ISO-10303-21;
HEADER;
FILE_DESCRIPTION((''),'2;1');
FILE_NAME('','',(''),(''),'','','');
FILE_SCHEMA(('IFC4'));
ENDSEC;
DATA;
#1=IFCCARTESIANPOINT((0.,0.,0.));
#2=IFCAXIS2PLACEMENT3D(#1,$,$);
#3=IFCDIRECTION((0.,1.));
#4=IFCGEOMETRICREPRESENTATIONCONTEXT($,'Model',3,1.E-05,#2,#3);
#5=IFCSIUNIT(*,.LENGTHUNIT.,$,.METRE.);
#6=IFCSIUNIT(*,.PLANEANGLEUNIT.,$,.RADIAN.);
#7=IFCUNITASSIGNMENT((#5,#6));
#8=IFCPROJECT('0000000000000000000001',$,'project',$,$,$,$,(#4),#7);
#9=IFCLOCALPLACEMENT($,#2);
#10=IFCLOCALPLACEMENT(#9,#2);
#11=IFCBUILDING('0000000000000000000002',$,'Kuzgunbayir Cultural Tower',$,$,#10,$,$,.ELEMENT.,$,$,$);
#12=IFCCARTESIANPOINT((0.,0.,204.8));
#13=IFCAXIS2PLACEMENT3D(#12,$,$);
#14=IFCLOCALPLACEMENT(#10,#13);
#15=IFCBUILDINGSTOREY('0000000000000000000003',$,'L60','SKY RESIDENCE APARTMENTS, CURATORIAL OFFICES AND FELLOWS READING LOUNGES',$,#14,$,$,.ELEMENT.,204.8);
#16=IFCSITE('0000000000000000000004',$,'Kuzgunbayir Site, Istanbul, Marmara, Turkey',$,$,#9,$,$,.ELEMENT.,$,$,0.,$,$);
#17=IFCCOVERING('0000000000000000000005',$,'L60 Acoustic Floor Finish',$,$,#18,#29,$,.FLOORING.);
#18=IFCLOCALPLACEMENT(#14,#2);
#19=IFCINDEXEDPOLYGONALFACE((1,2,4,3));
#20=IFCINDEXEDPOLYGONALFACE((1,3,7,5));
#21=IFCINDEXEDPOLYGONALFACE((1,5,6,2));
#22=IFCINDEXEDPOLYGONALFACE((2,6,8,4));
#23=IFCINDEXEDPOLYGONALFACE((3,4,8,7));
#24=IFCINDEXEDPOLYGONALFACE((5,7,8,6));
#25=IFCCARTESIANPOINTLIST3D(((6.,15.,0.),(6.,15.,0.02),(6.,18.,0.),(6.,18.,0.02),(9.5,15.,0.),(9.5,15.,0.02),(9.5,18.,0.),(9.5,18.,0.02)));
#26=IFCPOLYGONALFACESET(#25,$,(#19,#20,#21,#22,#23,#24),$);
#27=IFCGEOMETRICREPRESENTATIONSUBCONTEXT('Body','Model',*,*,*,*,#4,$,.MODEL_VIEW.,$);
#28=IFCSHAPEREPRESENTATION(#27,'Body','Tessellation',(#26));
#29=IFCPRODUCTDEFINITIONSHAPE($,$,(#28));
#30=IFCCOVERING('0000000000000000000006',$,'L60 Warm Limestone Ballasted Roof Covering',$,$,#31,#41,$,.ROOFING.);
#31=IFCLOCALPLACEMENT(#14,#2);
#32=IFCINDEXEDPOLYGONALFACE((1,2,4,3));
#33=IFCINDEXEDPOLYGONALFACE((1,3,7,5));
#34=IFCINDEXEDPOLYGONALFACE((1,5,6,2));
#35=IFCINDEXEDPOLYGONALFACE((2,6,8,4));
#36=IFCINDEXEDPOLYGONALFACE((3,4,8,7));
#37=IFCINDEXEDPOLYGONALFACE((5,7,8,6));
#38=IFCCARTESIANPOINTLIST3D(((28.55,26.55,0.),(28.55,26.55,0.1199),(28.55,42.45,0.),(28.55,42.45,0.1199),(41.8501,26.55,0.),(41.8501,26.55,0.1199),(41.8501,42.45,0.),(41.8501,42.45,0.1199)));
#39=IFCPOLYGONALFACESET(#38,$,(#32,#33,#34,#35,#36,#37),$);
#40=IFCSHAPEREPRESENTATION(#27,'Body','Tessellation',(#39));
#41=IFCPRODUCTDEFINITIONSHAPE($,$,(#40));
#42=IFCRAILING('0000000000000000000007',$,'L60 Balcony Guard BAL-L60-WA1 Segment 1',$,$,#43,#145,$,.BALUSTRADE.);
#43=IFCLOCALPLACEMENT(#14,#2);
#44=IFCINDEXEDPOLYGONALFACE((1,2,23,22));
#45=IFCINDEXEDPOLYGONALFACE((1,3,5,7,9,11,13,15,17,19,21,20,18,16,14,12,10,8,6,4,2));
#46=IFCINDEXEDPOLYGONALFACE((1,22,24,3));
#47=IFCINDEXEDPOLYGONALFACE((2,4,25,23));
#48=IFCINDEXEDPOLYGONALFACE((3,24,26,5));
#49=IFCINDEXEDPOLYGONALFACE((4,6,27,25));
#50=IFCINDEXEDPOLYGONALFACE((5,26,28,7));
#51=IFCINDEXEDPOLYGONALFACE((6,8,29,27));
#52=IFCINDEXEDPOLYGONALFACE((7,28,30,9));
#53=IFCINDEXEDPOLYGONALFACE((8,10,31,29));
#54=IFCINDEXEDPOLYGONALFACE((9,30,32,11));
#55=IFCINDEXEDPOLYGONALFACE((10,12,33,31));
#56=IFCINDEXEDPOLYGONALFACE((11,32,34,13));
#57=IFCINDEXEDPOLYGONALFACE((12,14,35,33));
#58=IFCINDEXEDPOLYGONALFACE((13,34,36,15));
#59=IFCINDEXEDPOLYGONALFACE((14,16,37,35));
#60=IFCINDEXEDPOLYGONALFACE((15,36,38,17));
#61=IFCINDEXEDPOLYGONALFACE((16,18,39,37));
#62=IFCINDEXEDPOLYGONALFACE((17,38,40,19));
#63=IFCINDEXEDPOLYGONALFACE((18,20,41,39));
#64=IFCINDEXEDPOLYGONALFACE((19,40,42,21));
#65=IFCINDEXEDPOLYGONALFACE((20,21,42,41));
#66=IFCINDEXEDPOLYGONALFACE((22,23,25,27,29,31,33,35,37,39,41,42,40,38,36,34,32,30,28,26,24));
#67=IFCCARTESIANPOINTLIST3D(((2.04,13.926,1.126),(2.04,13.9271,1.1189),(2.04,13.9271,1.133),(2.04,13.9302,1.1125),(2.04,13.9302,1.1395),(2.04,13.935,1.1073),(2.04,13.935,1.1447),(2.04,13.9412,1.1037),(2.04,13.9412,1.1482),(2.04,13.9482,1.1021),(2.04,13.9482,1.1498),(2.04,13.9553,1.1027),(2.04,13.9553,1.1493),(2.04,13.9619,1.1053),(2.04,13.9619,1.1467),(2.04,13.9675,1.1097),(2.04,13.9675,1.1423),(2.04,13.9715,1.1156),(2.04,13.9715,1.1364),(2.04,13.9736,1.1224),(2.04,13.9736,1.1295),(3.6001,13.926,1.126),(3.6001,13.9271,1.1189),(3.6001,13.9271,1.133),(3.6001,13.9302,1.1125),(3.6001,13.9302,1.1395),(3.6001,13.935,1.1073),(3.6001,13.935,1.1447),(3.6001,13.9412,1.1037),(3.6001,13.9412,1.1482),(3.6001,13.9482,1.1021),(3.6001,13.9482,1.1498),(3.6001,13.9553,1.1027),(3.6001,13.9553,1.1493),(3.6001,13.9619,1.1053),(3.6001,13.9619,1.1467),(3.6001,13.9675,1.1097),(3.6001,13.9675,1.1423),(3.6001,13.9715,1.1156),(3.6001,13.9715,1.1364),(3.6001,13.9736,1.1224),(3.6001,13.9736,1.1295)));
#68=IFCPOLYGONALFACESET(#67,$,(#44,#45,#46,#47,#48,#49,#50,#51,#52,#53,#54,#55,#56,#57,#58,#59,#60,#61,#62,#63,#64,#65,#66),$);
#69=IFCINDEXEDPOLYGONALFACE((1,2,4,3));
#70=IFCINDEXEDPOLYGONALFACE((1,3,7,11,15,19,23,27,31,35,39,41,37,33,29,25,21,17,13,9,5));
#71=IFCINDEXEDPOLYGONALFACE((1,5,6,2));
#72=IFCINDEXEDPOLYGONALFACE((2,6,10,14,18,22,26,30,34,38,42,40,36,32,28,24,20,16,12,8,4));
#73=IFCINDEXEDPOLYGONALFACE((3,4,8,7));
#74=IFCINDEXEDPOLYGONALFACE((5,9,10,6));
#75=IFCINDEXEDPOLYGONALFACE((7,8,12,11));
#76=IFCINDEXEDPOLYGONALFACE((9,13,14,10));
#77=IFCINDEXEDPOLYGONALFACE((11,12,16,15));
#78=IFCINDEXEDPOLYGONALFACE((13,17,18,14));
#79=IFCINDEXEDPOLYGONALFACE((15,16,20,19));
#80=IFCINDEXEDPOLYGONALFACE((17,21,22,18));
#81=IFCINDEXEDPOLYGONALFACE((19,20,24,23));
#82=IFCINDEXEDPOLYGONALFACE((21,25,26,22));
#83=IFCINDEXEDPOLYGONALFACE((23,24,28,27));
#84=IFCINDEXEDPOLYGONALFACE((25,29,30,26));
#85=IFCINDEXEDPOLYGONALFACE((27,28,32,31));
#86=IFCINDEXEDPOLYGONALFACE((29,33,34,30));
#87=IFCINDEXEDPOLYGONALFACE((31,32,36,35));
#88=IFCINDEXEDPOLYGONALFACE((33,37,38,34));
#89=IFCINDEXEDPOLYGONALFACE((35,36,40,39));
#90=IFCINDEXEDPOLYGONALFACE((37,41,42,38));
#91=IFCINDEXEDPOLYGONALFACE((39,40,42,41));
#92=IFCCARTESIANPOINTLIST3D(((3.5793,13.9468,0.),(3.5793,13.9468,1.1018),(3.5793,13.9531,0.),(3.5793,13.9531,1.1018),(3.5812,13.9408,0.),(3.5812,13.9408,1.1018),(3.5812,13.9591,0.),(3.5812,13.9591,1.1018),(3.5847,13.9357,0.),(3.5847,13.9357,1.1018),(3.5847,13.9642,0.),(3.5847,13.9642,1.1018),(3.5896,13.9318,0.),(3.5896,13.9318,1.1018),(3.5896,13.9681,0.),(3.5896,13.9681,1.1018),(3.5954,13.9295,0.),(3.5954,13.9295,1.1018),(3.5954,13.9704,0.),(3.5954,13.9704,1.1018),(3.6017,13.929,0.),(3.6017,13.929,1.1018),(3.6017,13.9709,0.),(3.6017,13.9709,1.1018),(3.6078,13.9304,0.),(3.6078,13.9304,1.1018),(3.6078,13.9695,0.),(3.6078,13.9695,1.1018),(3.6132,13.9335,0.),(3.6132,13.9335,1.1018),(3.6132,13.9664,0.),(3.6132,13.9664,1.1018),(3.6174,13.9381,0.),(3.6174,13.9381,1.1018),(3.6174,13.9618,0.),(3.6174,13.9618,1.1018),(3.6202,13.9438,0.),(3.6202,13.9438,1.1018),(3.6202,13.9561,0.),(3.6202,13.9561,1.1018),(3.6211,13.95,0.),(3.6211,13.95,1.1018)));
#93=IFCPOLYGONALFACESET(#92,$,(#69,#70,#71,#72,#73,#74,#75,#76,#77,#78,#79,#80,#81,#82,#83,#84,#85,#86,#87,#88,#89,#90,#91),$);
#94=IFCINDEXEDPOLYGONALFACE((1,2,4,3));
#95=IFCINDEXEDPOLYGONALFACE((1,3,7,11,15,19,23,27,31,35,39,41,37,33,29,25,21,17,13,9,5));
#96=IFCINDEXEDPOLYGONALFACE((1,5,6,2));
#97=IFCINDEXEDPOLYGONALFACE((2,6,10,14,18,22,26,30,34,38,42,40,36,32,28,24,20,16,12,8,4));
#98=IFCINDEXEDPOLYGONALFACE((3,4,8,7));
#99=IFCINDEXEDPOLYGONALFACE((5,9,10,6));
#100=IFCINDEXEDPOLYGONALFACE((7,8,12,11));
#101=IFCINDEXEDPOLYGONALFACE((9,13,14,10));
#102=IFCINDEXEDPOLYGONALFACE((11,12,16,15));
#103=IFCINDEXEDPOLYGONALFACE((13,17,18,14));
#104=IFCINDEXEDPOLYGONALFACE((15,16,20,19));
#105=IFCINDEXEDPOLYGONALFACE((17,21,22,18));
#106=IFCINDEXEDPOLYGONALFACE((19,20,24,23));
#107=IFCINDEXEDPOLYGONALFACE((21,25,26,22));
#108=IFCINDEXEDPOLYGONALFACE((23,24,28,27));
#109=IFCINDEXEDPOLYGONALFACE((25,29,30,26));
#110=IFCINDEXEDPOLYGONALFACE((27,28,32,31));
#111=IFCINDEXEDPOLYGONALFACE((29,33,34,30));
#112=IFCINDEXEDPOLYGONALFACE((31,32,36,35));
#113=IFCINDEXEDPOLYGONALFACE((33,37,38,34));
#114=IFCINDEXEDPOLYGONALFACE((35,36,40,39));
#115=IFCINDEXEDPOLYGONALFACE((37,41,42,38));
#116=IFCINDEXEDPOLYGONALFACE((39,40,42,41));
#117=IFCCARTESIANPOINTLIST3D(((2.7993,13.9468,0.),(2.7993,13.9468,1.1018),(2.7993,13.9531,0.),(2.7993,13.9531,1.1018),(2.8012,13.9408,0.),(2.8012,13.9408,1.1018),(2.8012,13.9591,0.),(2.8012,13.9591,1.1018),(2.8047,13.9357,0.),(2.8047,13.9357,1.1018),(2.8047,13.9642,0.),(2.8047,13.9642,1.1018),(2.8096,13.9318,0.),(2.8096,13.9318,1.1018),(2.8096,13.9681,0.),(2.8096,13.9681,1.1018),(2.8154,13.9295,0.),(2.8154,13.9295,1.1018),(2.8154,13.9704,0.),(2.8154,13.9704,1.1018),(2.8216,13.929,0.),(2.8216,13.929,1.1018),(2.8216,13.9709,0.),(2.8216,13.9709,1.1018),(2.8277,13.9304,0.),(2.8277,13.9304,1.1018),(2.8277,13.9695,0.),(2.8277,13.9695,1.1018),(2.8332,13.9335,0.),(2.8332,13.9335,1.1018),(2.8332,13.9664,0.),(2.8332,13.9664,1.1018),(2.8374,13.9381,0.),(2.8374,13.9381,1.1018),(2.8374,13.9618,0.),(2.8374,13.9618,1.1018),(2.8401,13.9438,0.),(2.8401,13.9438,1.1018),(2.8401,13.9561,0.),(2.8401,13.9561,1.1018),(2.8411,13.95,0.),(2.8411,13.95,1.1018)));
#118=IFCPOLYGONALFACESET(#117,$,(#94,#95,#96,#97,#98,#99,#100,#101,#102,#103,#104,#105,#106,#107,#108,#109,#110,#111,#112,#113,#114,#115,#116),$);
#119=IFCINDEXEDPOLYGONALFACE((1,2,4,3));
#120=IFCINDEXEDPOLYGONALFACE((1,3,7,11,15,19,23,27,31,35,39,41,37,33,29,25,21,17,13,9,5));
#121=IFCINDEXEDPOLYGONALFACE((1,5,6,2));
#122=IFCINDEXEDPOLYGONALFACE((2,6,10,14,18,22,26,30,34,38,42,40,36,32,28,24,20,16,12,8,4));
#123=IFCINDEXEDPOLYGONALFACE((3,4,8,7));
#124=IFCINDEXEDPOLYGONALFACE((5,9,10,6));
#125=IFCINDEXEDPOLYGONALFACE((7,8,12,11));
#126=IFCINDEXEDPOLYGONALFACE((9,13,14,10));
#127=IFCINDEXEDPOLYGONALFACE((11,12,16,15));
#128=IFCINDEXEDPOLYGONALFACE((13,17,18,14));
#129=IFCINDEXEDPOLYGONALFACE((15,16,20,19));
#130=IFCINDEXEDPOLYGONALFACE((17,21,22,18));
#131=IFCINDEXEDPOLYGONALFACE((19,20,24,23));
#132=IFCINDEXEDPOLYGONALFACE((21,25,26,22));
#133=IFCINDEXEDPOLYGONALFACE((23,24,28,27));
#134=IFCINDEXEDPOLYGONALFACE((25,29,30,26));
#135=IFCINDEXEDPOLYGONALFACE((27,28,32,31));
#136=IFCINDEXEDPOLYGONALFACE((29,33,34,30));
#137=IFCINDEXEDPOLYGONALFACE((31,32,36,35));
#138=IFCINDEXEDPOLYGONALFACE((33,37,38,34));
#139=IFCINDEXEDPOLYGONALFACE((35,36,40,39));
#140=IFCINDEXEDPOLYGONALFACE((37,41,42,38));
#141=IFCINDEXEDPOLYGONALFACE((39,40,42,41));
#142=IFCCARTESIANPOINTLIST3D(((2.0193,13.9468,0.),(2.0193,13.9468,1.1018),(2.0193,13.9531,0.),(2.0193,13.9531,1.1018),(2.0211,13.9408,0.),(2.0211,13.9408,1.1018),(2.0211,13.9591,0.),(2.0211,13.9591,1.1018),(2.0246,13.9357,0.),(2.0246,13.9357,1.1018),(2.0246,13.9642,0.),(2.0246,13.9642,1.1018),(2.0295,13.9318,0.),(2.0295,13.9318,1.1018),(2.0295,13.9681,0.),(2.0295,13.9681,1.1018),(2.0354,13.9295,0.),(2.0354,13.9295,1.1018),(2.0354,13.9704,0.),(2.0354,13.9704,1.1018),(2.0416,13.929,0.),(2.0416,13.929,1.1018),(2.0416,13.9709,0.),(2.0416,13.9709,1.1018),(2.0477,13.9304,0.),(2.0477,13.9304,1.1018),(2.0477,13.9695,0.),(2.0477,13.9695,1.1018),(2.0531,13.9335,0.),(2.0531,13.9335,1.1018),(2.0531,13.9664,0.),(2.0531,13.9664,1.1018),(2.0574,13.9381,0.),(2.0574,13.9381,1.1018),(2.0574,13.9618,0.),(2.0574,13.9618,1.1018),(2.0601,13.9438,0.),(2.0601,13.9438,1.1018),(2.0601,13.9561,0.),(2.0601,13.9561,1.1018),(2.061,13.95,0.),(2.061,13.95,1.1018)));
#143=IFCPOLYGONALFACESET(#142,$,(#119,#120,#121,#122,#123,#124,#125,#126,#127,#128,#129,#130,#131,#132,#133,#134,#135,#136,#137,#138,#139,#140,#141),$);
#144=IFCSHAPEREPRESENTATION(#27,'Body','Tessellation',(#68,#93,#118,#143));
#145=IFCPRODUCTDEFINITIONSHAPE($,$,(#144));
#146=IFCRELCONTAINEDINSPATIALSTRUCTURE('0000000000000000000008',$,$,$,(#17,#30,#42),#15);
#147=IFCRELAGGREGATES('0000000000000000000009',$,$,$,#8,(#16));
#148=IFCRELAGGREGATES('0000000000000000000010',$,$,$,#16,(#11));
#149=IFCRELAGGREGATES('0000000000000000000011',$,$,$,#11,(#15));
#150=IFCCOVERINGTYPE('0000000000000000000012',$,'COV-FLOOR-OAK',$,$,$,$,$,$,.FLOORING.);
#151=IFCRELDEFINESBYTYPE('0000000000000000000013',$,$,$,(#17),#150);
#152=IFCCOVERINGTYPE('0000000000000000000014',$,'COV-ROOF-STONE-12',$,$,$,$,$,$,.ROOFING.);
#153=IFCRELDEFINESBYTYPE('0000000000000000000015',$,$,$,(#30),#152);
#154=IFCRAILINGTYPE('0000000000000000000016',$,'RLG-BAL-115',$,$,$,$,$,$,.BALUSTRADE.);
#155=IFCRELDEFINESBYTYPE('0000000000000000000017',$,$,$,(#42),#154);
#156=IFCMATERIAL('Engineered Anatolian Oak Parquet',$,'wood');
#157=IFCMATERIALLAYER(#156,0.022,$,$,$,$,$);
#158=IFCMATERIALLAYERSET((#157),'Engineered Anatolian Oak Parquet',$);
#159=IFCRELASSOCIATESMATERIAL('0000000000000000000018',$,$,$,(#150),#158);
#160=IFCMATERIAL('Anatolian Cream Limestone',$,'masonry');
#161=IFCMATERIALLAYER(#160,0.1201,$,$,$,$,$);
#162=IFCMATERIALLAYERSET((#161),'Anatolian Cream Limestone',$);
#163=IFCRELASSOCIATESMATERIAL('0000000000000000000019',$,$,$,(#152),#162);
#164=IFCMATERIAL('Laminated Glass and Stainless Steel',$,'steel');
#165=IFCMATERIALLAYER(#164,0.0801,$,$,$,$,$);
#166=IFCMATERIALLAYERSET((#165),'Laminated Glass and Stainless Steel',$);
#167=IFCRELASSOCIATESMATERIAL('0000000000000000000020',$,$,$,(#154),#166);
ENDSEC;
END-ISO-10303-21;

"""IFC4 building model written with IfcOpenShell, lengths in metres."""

from ifc_helpers import new_model, si_unit, direction, frame, origin, origin_2d, place, context, subcontext, project, spatial, polyline, circle, outline, extrude, material, layer, layer_set, type_object, element, save


model = new_model("IFC4")

# Units and contexts
model_context = context("Model", 3, precision=1e-05, world=origin(), true_north=direction((0.0, 1.0)))
body_context = subcontext(model_context, "Body", "Model", "MODEL_VIEW")
ifc_project = project(units=[si_unit("LENGTHUNIT", "METRE"), si_unit("PLANEANGLEUNIT", "RADIAN")], contexts=[model_context])

# Site, building, storey
site_placement = place(None, origin())
site = spatial("IfcSite", under=ifc_project, at=site_placement, Name="Kuzgunbayir Site, Istanbul, Marmara, Turkey", CompositionType="ELEMENT", RefElevation=0.0)
building_placement = place(site_placement, origin())
building = spatial("IfcBuilding", under=site, at=building_placement, Name="Kuzgunbayir Cultural Tower", CompositionType="ELEMENT")
storey_placement = place(building_placement, frame((0.0, 0.0, 204.8)))
storey = spatial("IfcBuildingStorey", under=building, at=storey_placement, Name="L60", Description="SKY RESIDENCE APARTMENTS, CURATORIAL OFFICES AND FELLOWS READING LOUNGES", CompositionType="ELEMENT", Elevation=204.8)

# Shared definitions
ifc_material_1 = material(Name="Anatolian Cream Limestone", Category="masonry")

# Coverings
ifc_material_2 = material(Name="Engineered Anatolian Oak Parquet", Category="wood")
ifc_layer_1 = layer(ifc_material_2, 0.022)
ifc_layer_set_1 = layer_set([ifc_layer_1], Name="Engineered Anatolian Oak Parquet")
covering_type_1 = type_object("IfcCoveringType", Name="COV-FLOOR-OAK", PredefinedType="FLOORING", material=ifc_layer_set_1)
covering_1_placement = place(storey_placement, origin())
element("IfcCovering", 1, at=covering_1_placement, inside=storey, type_object=covering_type_1, Name="L60 Acoustic Floor Finish", PredefinedType="FLOORING", context=body_context, shape_type="SweptSolid", body=[
    extrude(outline(polyline([(6.0, 15.0), (9.5, 15.0), (9.5, 18.0), (6.0, 18.0), (6.0, 15.0)])), origin(), (0.0, 0.0, 1.0), 0.02),
])
ifc_layer_2 = layer(ifc_material_1, 0.1201)
ifc_layer_set_2 = layer_set([ifc_layer_2], Name="Anatolian Cream Limestone")
covering_type_2 = type_object("IfcCoveringType", Name="COV-ROOF-STONE-12", PredefinedType="ROOFING", material=ifc_layer_set_2)
covering_2_placement = place(storey_placement, origin())
element("IfcCovering", 2, at=covering_2_placement, inside=storey, type_object=covering_type_2, Name="L60 Warm Limestone Ballasted Roof Covering", PredefinedType="ROOFING", context=body_context, shape_type="SweptSolid", body=[
    extrude(outline(polyline([(28.55, 26.55), (41.8501, 26.55), (41.8501, 42.45), (28.55, 42.45), (28.55, 26.55)])), origin(), (0.0, 0.0, 1.0), 0.1199),
])

# Railing
ifc_material_3 = material(Name="Laminated Glass and Stainless Steel", Category="steel")
ifc_layer_3 = layer(ifc_material_3, 0.0801)
ifc_layer_set_3 = layer_set([ifc_layer_3], Name="Laminated Glass and Stainless Steel")
railing_type = type_object("IfcRailingType", Name="RLG-BAL-115", PredefinedType="BALUSTRADE", material=ifc_layer_set_3)
railing_1_placement = place(storey_placement, frame((3.6001, 13.95, 0.0)))
element("IfcRailing", 3, at=railing_1_placement, inside=storey, type_object=railing_type, Name="L60 Balcony Guard BAL-L60-WA1 Segment 1", PredefinedType="BALUSTRADE", context=body_context, shape_type="SweptSolid", body=[
    extrude(circle(Radius=0.0239, at=origin_2d()), frame((0.0, 0.0, 1.126), z_axis=(-1.0, 0.0, 0.0), x_axis=(0.0, -1.0, 0.0)), (0.0, 0.0, 1.0), 1.5601),
    extrude(circle(Radius=0.021, at=origin_2d()), origin(), (0.0, 0.0, 1.0), 1.1018),
    extrude(circle(Radius=0.021, at=origin_2d()), frame((-0.78, 0.0, 0.0)), (0.0, 0.0, 1.0), 1.1018),
    extrude(circle(Radius=0.021, at=origin_2d()), frame((-1.5601, 0.0, 0.0)), (0.0, 0.0, 1.0), 1.1018),
])

save(model, "model.ifc")
